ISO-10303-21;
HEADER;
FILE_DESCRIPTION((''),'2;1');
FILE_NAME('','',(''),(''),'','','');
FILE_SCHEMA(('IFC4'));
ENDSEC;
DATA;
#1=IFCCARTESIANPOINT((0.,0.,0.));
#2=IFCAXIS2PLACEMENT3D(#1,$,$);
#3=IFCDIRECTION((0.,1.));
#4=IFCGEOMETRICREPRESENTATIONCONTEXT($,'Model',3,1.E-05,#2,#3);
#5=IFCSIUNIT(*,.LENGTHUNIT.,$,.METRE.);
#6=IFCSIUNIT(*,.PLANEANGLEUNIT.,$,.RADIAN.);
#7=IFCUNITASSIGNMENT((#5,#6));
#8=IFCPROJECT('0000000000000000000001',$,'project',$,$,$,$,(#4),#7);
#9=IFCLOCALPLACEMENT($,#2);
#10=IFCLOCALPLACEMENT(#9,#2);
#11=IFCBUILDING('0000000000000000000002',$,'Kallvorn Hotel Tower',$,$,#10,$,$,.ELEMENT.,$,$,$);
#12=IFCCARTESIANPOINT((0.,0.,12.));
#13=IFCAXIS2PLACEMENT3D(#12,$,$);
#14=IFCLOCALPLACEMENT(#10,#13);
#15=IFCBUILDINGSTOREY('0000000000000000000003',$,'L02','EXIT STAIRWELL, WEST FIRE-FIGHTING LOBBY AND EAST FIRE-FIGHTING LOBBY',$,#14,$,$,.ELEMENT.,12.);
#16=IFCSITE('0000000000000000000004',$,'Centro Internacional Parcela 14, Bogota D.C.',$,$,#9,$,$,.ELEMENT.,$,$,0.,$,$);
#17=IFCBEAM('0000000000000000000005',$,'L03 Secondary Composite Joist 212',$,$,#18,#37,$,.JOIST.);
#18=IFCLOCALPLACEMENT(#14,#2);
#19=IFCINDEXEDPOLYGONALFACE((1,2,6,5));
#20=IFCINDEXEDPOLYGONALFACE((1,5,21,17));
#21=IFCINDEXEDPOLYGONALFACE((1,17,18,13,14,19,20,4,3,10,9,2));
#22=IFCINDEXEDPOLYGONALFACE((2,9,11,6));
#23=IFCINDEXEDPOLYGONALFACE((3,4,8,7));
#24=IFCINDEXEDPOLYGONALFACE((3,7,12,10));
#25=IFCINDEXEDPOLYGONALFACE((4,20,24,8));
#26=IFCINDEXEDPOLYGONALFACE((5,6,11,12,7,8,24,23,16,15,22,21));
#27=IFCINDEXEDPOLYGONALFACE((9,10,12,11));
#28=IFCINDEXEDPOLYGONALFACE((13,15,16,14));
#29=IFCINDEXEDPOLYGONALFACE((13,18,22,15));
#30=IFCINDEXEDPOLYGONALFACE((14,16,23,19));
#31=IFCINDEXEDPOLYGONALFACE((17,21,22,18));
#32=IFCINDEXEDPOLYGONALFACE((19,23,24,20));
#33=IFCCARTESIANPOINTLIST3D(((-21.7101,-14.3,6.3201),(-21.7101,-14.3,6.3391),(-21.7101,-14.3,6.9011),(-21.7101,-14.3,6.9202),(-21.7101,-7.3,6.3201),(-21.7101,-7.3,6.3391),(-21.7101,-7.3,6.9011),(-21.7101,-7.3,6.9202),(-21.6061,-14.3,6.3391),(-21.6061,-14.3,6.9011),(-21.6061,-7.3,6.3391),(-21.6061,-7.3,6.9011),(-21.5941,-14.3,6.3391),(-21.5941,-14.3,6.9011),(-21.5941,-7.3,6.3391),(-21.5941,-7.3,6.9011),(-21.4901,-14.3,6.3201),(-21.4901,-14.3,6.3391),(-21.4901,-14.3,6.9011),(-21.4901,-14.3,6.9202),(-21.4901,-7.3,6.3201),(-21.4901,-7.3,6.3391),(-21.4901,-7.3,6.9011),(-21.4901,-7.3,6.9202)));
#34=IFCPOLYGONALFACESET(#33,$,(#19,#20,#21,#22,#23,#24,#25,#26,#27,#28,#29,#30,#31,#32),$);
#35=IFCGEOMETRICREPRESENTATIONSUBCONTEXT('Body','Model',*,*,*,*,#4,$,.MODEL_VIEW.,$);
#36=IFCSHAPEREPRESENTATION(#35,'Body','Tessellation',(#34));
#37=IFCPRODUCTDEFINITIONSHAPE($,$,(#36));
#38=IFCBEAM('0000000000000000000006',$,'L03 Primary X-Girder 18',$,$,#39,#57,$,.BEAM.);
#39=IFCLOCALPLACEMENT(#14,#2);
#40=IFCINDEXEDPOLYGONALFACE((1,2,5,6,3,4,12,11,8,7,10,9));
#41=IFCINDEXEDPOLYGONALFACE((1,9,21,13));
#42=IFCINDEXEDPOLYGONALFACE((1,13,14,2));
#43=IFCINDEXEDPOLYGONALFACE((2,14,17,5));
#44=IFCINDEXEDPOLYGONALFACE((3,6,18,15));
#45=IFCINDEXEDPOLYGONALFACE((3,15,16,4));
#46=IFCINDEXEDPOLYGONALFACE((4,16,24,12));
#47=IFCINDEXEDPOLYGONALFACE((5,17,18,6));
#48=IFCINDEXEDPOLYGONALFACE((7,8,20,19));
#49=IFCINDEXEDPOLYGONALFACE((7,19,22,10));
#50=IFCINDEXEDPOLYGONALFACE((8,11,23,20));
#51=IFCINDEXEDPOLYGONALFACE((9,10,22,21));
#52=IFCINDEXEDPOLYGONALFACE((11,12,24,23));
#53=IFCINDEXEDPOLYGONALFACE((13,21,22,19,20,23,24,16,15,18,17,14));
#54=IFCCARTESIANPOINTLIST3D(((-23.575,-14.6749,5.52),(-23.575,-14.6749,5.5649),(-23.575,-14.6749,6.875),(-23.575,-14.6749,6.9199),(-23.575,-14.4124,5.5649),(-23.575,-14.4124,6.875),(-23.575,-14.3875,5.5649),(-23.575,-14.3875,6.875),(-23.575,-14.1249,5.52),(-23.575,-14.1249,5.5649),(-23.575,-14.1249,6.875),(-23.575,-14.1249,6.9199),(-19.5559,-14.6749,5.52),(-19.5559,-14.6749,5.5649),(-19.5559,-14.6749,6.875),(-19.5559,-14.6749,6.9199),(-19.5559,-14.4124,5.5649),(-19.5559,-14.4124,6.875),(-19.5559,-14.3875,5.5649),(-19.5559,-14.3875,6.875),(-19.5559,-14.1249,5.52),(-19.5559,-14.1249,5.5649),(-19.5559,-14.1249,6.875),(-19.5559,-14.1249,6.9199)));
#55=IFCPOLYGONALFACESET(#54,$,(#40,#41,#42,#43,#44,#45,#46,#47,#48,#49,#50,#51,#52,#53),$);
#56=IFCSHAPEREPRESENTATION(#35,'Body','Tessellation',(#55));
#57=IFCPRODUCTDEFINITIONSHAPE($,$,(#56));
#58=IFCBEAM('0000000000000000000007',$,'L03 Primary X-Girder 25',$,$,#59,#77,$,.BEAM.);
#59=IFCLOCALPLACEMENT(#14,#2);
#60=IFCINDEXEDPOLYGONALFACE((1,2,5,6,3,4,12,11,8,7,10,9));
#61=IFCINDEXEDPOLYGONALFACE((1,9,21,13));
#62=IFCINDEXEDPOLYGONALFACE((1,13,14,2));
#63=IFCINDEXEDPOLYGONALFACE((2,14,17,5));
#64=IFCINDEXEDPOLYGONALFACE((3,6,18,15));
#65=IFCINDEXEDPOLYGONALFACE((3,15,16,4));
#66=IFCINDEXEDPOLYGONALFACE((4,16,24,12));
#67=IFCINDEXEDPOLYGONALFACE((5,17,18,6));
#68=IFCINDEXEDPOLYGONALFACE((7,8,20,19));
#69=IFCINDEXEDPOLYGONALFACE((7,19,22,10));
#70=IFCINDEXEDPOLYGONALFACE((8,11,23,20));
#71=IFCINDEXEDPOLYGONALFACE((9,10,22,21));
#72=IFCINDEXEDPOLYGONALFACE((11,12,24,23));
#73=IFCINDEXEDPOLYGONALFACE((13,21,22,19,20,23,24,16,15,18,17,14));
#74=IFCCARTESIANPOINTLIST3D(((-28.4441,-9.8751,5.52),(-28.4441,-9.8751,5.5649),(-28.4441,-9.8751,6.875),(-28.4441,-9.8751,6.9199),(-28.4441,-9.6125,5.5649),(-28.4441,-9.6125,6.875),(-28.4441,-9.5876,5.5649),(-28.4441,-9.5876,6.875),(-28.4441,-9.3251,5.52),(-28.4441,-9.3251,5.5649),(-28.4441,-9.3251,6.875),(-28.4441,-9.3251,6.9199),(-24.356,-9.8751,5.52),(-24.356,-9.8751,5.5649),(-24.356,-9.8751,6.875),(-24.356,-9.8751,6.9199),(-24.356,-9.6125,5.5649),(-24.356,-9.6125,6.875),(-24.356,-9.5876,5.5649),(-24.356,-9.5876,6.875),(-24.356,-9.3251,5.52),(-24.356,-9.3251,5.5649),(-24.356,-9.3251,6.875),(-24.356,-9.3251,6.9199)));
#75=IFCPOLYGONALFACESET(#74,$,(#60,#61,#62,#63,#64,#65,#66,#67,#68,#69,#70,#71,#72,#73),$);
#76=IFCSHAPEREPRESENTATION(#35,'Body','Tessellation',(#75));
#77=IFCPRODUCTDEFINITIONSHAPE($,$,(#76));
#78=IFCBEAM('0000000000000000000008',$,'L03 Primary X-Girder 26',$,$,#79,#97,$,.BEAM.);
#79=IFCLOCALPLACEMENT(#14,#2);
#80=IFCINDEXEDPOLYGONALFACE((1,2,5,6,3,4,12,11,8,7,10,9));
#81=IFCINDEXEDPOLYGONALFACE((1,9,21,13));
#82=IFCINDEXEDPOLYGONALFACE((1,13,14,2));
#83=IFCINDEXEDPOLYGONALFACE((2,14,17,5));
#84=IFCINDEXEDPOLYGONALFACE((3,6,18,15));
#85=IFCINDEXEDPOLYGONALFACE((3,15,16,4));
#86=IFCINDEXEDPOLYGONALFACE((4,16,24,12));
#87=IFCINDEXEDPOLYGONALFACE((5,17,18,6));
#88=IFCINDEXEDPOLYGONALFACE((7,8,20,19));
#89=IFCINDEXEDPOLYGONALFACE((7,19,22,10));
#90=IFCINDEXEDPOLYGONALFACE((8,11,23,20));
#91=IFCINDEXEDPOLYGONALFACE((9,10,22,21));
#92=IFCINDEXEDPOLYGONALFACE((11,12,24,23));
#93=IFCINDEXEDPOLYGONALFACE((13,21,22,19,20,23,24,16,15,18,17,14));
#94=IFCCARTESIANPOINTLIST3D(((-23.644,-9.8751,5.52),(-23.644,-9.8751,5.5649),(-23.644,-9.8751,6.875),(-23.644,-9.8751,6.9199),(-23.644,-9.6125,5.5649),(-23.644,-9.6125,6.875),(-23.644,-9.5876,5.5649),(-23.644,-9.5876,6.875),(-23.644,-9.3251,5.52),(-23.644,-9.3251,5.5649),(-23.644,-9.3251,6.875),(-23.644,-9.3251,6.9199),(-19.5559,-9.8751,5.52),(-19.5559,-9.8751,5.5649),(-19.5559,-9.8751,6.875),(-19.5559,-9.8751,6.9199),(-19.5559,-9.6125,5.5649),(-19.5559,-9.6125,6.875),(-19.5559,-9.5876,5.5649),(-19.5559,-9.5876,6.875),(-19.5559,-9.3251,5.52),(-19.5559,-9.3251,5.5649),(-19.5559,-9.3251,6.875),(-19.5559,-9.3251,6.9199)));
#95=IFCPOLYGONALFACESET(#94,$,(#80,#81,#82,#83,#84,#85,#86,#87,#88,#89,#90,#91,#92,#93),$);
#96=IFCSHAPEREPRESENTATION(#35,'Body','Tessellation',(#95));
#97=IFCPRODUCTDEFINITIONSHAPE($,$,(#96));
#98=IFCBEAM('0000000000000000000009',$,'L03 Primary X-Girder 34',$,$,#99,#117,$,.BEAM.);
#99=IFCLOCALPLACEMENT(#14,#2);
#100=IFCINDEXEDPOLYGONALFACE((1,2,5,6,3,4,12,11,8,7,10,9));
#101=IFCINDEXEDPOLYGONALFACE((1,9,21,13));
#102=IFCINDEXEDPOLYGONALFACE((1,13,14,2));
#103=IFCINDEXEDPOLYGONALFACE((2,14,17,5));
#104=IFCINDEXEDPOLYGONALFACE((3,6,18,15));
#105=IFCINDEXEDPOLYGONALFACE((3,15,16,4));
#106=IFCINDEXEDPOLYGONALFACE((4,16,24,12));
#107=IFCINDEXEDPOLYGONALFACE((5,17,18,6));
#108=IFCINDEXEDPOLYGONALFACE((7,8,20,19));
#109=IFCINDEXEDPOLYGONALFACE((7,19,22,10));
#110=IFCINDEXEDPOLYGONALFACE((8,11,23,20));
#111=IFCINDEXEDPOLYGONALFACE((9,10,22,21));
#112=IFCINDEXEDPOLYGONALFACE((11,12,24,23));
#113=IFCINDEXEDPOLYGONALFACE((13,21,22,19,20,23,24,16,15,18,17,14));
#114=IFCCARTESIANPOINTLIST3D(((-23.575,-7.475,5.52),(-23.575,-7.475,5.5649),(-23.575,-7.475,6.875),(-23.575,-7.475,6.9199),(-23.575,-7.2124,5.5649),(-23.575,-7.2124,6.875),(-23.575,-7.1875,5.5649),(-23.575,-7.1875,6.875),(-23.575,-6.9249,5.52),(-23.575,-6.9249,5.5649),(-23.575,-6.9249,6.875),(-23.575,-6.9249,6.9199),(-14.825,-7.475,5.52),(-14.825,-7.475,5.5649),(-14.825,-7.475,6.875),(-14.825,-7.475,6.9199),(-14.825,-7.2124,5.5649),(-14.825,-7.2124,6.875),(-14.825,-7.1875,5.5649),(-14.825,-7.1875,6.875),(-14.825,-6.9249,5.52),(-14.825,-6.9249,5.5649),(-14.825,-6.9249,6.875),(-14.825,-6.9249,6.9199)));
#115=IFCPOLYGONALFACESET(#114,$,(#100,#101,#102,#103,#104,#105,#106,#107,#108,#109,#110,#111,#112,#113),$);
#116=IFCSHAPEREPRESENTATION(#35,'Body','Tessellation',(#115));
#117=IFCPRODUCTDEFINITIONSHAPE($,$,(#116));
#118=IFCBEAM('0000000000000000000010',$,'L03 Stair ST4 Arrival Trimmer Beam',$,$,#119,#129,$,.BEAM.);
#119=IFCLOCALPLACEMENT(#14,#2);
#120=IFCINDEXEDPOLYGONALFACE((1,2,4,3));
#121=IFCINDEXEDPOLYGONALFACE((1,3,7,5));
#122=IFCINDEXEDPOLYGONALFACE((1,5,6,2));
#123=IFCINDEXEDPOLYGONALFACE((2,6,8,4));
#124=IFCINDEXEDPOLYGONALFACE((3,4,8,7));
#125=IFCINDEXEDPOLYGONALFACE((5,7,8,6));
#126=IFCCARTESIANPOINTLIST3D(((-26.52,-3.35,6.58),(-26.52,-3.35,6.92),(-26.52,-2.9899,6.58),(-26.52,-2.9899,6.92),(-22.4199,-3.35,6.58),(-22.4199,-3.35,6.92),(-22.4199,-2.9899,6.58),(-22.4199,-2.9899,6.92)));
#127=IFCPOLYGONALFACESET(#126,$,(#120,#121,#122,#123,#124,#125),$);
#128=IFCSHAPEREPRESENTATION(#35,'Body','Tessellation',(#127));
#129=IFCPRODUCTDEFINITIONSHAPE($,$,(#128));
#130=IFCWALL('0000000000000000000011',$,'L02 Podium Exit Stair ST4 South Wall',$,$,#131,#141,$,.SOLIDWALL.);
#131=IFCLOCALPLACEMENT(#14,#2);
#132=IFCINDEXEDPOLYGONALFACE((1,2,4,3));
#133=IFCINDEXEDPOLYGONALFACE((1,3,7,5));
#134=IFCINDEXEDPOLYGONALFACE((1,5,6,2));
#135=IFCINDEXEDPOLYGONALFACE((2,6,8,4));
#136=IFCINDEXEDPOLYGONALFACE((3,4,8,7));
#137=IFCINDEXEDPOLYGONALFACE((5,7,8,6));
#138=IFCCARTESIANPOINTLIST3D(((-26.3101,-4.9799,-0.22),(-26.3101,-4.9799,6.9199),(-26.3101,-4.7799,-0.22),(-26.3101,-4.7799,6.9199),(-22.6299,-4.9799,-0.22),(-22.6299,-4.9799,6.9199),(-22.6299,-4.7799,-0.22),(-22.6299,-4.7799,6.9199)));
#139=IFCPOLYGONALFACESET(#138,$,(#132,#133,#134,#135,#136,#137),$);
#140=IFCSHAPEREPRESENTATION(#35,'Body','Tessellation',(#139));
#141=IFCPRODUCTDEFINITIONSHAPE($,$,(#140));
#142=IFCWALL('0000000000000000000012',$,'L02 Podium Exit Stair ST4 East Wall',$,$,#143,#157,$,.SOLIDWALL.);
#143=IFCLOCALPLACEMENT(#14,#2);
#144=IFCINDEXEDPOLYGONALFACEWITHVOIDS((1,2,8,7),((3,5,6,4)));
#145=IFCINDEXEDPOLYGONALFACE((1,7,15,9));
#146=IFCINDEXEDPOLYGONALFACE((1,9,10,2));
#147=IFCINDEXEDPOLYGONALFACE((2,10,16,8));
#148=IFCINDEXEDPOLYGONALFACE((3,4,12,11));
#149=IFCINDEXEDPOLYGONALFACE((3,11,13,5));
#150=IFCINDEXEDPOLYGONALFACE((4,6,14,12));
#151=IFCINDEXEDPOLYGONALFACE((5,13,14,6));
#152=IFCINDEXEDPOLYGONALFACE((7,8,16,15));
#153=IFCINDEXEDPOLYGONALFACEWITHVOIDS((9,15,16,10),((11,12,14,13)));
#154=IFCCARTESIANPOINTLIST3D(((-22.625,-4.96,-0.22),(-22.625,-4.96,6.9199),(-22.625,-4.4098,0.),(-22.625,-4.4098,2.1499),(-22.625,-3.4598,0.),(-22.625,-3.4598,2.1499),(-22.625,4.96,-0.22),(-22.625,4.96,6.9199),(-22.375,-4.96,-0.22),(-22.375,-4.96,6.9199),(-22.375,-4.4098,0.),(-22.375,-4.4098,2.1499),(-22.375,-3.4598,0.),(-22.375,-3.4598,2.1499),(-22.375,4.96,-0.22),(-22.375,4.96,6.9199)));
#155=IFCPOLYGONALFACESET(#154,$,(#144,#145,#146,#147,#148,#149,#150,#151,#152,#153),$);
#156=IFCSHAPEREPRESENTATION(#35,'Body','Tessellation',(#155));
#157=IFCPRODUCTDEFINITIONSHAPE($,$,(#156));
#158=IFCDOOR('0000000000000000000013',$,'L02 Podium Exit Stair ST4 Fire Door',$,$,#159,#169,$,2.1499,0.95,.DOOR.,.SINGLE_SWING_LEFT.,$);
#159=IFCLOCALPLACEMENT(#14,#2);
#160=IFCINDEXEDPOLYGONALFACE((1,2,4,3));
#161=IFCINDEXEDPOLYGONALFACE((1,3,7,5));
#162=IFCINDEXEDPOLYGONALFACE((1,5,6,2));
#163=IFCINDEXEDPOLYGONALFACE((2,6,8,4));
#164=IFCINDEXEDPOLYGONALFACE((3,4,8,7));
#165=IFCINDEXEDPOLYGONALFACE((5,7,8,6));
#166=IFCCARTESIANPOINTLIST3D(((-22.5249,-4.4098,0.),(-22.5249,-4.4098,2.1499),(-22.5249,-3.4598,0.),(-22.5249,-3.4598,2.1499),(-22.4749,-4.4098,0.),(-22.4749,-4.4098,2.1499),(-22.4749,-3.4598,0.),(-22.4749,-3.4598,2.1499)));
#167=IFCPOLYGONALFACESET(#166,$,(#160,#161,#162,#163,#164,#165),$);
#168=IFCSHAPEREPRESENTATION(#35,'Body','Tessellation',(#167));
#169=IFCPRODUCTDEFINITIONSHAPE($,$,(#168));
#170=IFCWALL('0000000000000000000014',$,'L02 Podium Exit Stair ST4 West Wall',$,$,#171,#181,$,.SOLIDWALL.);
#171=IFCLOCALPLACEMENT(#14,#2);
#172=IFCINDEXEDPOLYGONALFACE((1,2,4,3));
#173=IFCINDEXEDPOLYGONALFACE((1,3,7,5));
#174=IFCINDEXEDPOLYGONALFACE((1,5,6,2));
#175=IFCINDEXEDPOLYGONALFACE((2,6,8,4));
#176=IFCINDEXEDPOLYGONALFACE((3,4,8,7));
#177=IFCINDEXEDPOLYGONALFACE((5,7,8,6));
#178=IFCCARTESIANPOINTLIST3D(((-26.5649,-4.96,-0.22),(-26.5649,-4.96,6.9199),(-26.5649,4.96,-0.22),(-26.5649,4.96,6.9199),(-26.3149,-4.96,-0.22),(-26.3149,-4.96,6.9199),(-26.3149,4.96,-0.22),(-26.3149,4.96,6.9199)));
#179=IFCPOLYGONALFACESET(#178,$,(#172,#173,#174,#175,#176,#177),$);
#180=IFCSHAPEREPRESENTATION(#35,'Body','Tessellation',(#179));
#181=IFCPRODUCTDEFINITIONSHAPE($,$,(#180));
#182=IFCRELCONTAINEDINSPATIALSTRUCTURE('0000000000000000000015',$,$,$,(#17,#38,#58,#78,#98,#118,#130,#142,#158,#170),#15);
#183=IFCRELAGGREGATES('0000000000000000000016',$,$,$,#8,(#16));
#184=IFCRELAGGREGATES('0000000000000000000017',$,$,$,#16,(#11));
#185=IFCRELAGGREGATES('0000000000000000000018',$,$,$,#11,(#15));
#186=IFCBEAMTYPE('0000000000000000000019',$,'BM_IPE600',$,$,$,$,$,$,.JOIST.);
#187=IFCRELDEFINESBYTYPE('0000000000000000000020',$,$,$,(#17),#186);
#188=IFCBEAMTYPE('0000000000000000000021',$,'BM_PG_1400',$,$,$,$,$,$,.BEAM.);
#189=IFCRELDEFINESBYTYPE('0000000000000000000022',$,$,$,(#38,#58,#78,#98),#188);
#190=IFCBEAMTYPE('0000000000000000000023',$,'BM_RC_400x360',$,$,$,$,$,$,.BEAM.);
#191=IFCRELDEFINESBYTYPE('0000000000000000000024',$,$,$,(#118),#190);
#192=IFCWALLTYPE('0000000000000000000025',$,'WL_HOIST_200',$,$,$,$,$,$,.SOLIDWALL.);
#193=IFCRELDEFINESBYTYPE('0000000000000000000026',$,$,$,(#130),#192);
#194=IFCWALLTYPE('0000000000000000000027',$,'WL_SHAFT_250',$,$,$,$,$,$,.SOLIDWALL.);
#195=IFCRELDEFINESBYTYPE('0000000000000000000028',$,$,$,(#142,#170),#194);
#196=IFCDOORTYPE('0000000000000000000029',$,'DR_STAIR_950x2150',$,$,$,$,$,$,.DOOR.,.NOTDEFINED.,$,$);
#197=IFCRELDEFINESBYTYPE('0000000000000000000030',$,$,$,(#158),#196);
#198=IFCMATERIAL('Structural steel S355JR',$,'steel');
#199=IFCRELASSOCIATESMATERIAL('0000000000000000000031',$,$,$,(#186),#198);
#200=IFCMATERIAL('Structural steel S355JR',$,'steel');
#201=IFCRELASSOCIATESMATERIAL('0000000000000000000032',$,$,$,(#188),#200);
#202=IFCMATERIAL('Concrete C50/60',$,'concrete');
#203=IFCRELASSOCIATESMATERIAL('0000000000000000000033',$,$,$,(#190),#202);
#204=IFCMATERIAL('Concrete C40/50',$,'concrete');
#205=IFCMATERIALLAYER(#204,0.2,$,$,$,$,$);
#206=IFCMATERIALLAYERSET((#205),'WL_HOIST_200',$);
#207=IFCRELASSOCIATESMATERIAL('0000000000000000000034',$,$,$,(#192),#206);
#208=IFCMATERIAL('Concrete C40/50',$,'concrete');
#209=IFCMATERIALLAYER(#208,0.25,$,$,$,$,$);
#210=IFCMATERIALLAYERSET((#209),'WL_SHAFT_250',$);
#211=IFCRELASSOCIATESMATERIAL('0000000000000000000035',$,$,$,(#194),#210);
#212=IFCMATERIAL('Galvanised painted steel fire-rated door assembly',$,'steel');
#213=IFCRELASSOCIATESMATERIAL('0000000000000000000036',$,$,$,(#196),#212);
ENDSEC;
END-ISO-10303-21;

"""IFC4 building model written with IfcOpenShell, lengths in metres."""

from ifc_helpers import new_model, si_unit, direction, frame, frame_2d, origin, origin_2d, place, context, subcontext, project, spatial, rectangle, i_section, extrude, material, layer, layer_set, material_profile, profile_set, type_object, element, fill, save


model = new_model("IFC4")

# Units and contexts
model_context = context("Model", 3, precision=1e-05, world=origin(), true_north=direction((0.0, 1.0)))
body_context = subcontext(model_context, "Body", "Model", "MODEL_VIEW")
ifc_project = project(units=[si_unit("LENGTHUNIT", "METRE"), si_unit("PLANEANGLEUNIT", "RADIAN")], contexts=[model_context])

# Site, building, storey
site_placement = place(None, origin())
site = spatial("IfcSite", under=ifc_project, at=site_placement, Name="Centro Internacional Parcela 14, Bogota D.C.", CompositionType="ELEMENT", RefElevation=0.0)
building_placement = place(site_placement, origin())
building = spatial("IfcBuilding", under=site, at=building_placement, Name="Kallvorn Hotel Tower", CompositionType="ELEMENT")
storey_placement = place(building_placement, frame((0.0, 0.0, 12.0)))
storey = spatial("IfcBuildingStorey", under=building, at=storey_placement, Name="L02", Description="EXIT STAIRWELL, WEST FIRE-FIGHTING LOBBY AND EAST FIRE-FIGHTING LOBBY", CompositionType="ELEMENT", Elevation=12.0)

# Beams
ifc_material_1 = material(Name="Structural steel S355JR", Category="steel")
ifc_material_profile_1 = material_profile(ifc_material_1, i_section(OverallWidth=0.22, OverallDepth=0.6001, WebThickness=0.012, FlangeThickness=0.019, at=origin_2d()), Name="IPE 600")
ifc_profile_set_1 = profile_set([ifc_material_profile_1], Name="Structural steel S355JR")
beam_type_1 = type_object("IfcBeamType", Name="BM_IPE600", PredefinedType="JOIST", material=ifc_profile_set_1)
beam_1_placement = place(storey_placement, frame((-21.6001, -14.3, 6.6201), z_axis=(0.0, 1.0, 0.0), x_axis=(-1.0, 0.0, 0.0)))
element("IfcBeam", 1, at=beam_1_placement, inside=storey, type_object=beam_type_1, Name="L03 Secondary Composite Joist 212", PredefinedType="JOIST", context=body_context, shape_type="SweptSolid", body=[
    extrude(i_section(OverallWidth=0.22, OverallDepth=0.6001, WebThickness=0.012, FlangeThickness=0.019, at=origin_2d()), origin(), (0.0, 0.0, 1.0), 7.0),
])
ifc_material_2 = material(Name="Structural steel S355JR", Category="steel")
ifc_material_profile_2 = material_profile(ifc_material_2, i_section(OverallWidth=0.55, OverallDepth=1.3999, WebThickness=0.0249, FlangeThickness=0.0449, at=origin_2d()), Name="PG 1400x550x25x45")
ifc_profile_set_2 = profile_set([ifc_material_profile_2], Name="Structural steel S355JR")
beam_type_2 = type_object("IfcBeamType", Name="BM_PG_1400", PredefinedType="BEAM", material=ifc_profile_set_2)
beam_2_placement = place(storey_placement, frame((-23.575, -14.3999, 6.22), z_axis=(1.0, 0.0, 0.0), x_axis=(0.0, 1.0, 0.0)))
element("IfcBeam", 2, at=beam_2_placement, inside=storey, type_object=beam_type_2, Name="L03 Primary X-Girder 18", PredefinedType="BEAM", context=body_context, shape_type="SweptSolid", body=[
    extrude(i_section(OverallWidth=0.55, OverallDepth=1.3999, WebThickness=0.0249, FlangeThickness=0.0449, at=origin_2d()), origin(), (0.0, 0.0, 1.0), 4.019),
])
for number, where, z_axis, x_axis, name in (
    (3, (-28.4441, -9.6001, 6.22), (1.0, 0.0, 0.0), (0.0, 1.0, 0.0), "L03 Primary X-Girder 25"),
    (4, (-23.644, -9.6001, 6.22), (1.0, 0.0, 0.0), (0.0, 1.0, 0.0), "L03 Primary X-Girder 26"),
):
    element("IfcBeam", number, at=place(storey_placement, frame(where, z_axis=z_axis, x_axis=x_axis)), inside=storey, type_object=beam_type_2, Name=name, PredefinedType="BEAM", context=body_context, shape_type="SweptSolid", body=[
        extrude(i_section(OverallWidth=0.55, OverallDepth=1.3999, WebThickness=0.0249, FlangeThickness=0.0449, at=origin_2d()), origin(), (0.0, 0.0, 1.0), 4.0881),
    ])
beam_3_placement = place(storey_placement, frame((-23.575, -7.2, 6.22), z_axis=(1.0, 0.0, 0.0), x_axis=(0.0, 1.0, 0.0)))
element("IfcBeam", 5, at=beam_3_placement, inside=storey, type_object=beam_type_2, Name="L03 Primary X-Girder 34", PredefinedType="BEAM", context=body_context, shape_type="SweptSolid", body=[
    extrude(i_section(OverallWidth=0.55, OverallDepth=1.3999, WebThickness=0.0249, FlangeThickness=0.0449, at=origin_2d()), origin(), (0.0, 0.0, 1.0), 8.75),
])
ifc_material_3 = material(Name="Concrete C50/60", Category="concrete")
ifc_material_profile_3 = material_profile(ifc_material_3, rectangle(XDim=0.3601, YDim=0.3401, at=origin_2d()), Name="RC 360x340")
ifc_profile_set_3 = profile_set([ifc_material_profile_3], Name="Concrete C50/60")
beam_type_3 = type_object("IfcBeamType", Name="BM_RC_400x360", PredefinedType="BEAM", material=ifc_profile_set_3)
beam_4_placement = place(storey_placement, frame((-22.4199, -3.1699, 6.75), z_axis=(-1.0, 0.0, 0.0), x_axis=(0.0, -1.0, 0.0)))
element("IfcBeam", 6, at=beam_4_placement, inside=storey, type_object=beam_type_3, Name="L03 Stair ST4 Arrival Trimmer Beam", PredefinedType="BEAM", context=body_context, shape_type="SweptSolid", body=[
    extrude(rectangle(XDim=0.3601, YDim=0.3401, at=origin_2d()), origin(), (0.0, 0.0, 1.0), 4.1001),
])

# Wall
ifc_material_4 = material(Name="Concrete C40/50", Category="concrete")
ifc_layer_1 = layer(ifc_material_4, 0.2)
ifc_layer_set_1 = layer_set([ifc_layer_1], Name="WL_HOIST_200")
wall_type_1 = type_object("IfcWallType", Name="WL_HOIST_200", PredefinedType="SOLIDWALL", material=ifc_layer_set_1)
wall_1_placement = place(storey_placement, frame((-26.3101, -4.8799, -0.22), z_axis=(0.0, 0.0, 1.0), x_axis=(1.0, 0.0, 0.0)))
element("IfcWall", 7, at=wall_1_placement, inside=storey, type_object=wall_type_1, Name="L02 Podium Exit Stair ST4 South Wall", PredefinedType="SOLIDWALL", context=body_context, shape_type="SweptSolid", body=[
    extrude(rectangle(XDim=3.6802, YDim=0.2, at=frame_2d((1.8401, 0.0))), origin(), (0.0, 0.0, 1.0), 7.1399),
])

# Wall, opening, door
ifc_material_5 = material(Name="Concrete C40/50", Category="concrete")
ifc_layer_2 = layer(ifc_material_5, 0.25)
ifc_layer_set_2 = layer_set([ifc_layer_2], Name="WL_SHAFT_250")
wall_type_2 = type_object("IfcWallType", Name="WL_SHAFT_250", PredefinedType="SOLIDWALL", material=ifc_layer_set_2)
wall_2_placement = place(storey_placement, frame((-22.5, -4.96, -0.22), z_axis=(0.0, 0.0, 1.0), x_axis=(0.0, 1.0, 0.0)))
wall_2 = element("IfcWall", 8, at=wall_2_placement, inside=storey, type_object=wall_type_2, Name="L02 Podium Exit Stair ST4 East Wall", PredefinedType="SOLIDWALL", context=body_context, shape_type="SweptSolid", body=[
    extrude(rectangle(XDim=9.9199, YDim=0.25, at=frame_2d((4.96, 0.0))), origin(), (0.0, 0.0, 1.0), 7.1399),
])
opening_placement = place(wall_2_placement, frame((0.55, 0.0, 0.22)))
opening = element("IfcOpeningElement", 9, at=opening_placement, cuts=wall_2, PredefinedType="OPENING", context=body_context, shape_type="SweptSolid", body=[
    extrude(rectangle(XDim=0.95, YDim=2.1499, at=frame_2d((0.4751, 1.075))), frame((0.0, 0.1399, 0.0), z_axis=(0.0, -1.0, 0.0), x_axis=(1.0, 0.0, 0.0)), (0.0, 0.0, 1.0), 0.28),
])
ifc_material_6 = material(Name="Galvanised painted steel fire-rated door assembly", Category="steel")
door_type = type_object("IfcDoorType", Name="DR_STAIR_950x2150", OperationType="NOTDEFINED", PredefinedType="DOOR", material=ifc_material_6)
door_placement = place(opening_placement, origin())
door = element("IfcDoor", 10, at=door_placement, inside=storey, type_object=door_type, Name="L02 Podium Exit Stair ST4 Fire Door", OperationType="SINGLE_SWING_LEFT", OverallHeight=2.1499, OverallWidth=0.95, PredefinedType="DOOR", context=body_context, shape_type="SweptSolid", body=[
    extrude(rectangle(XDim=0.95, YDim=2.1499, at=frame_2d((0.4751, 1.075))), frame((0.0, 0.0249, 0.0), z_axis=(0.0, -1.0, 0.0), x_axis=(1.0, 0.0, 0.0)), (0.0, 0.0, 1.0), 0.05),
])
fill(opening, door)

# Wall
wall_3_placement = place(storey_placement, frame((-26.4399, -4.96, -0.22), z_axis=(0.0, 0.0, 1.0), x_axis=(0.0, 1.0, 0.0)))
element("IfcWall", 11, at=wall_3_placement, inside=storey, type_object=wall_type_2, Name="L02 Podium Exit Stair ST4 West Wall", PredefinedType="SOLIDWALL", context=body_context, shape_type="SweptSolid", body=[
    extrude(rectangle(XDim=9.9199, YDim=0.25, at=frame_2d((4.96, 0.0))), origin(), (0.0, 0.0, 1.0), 7.1399),
])

save(model, "model.ifc")
